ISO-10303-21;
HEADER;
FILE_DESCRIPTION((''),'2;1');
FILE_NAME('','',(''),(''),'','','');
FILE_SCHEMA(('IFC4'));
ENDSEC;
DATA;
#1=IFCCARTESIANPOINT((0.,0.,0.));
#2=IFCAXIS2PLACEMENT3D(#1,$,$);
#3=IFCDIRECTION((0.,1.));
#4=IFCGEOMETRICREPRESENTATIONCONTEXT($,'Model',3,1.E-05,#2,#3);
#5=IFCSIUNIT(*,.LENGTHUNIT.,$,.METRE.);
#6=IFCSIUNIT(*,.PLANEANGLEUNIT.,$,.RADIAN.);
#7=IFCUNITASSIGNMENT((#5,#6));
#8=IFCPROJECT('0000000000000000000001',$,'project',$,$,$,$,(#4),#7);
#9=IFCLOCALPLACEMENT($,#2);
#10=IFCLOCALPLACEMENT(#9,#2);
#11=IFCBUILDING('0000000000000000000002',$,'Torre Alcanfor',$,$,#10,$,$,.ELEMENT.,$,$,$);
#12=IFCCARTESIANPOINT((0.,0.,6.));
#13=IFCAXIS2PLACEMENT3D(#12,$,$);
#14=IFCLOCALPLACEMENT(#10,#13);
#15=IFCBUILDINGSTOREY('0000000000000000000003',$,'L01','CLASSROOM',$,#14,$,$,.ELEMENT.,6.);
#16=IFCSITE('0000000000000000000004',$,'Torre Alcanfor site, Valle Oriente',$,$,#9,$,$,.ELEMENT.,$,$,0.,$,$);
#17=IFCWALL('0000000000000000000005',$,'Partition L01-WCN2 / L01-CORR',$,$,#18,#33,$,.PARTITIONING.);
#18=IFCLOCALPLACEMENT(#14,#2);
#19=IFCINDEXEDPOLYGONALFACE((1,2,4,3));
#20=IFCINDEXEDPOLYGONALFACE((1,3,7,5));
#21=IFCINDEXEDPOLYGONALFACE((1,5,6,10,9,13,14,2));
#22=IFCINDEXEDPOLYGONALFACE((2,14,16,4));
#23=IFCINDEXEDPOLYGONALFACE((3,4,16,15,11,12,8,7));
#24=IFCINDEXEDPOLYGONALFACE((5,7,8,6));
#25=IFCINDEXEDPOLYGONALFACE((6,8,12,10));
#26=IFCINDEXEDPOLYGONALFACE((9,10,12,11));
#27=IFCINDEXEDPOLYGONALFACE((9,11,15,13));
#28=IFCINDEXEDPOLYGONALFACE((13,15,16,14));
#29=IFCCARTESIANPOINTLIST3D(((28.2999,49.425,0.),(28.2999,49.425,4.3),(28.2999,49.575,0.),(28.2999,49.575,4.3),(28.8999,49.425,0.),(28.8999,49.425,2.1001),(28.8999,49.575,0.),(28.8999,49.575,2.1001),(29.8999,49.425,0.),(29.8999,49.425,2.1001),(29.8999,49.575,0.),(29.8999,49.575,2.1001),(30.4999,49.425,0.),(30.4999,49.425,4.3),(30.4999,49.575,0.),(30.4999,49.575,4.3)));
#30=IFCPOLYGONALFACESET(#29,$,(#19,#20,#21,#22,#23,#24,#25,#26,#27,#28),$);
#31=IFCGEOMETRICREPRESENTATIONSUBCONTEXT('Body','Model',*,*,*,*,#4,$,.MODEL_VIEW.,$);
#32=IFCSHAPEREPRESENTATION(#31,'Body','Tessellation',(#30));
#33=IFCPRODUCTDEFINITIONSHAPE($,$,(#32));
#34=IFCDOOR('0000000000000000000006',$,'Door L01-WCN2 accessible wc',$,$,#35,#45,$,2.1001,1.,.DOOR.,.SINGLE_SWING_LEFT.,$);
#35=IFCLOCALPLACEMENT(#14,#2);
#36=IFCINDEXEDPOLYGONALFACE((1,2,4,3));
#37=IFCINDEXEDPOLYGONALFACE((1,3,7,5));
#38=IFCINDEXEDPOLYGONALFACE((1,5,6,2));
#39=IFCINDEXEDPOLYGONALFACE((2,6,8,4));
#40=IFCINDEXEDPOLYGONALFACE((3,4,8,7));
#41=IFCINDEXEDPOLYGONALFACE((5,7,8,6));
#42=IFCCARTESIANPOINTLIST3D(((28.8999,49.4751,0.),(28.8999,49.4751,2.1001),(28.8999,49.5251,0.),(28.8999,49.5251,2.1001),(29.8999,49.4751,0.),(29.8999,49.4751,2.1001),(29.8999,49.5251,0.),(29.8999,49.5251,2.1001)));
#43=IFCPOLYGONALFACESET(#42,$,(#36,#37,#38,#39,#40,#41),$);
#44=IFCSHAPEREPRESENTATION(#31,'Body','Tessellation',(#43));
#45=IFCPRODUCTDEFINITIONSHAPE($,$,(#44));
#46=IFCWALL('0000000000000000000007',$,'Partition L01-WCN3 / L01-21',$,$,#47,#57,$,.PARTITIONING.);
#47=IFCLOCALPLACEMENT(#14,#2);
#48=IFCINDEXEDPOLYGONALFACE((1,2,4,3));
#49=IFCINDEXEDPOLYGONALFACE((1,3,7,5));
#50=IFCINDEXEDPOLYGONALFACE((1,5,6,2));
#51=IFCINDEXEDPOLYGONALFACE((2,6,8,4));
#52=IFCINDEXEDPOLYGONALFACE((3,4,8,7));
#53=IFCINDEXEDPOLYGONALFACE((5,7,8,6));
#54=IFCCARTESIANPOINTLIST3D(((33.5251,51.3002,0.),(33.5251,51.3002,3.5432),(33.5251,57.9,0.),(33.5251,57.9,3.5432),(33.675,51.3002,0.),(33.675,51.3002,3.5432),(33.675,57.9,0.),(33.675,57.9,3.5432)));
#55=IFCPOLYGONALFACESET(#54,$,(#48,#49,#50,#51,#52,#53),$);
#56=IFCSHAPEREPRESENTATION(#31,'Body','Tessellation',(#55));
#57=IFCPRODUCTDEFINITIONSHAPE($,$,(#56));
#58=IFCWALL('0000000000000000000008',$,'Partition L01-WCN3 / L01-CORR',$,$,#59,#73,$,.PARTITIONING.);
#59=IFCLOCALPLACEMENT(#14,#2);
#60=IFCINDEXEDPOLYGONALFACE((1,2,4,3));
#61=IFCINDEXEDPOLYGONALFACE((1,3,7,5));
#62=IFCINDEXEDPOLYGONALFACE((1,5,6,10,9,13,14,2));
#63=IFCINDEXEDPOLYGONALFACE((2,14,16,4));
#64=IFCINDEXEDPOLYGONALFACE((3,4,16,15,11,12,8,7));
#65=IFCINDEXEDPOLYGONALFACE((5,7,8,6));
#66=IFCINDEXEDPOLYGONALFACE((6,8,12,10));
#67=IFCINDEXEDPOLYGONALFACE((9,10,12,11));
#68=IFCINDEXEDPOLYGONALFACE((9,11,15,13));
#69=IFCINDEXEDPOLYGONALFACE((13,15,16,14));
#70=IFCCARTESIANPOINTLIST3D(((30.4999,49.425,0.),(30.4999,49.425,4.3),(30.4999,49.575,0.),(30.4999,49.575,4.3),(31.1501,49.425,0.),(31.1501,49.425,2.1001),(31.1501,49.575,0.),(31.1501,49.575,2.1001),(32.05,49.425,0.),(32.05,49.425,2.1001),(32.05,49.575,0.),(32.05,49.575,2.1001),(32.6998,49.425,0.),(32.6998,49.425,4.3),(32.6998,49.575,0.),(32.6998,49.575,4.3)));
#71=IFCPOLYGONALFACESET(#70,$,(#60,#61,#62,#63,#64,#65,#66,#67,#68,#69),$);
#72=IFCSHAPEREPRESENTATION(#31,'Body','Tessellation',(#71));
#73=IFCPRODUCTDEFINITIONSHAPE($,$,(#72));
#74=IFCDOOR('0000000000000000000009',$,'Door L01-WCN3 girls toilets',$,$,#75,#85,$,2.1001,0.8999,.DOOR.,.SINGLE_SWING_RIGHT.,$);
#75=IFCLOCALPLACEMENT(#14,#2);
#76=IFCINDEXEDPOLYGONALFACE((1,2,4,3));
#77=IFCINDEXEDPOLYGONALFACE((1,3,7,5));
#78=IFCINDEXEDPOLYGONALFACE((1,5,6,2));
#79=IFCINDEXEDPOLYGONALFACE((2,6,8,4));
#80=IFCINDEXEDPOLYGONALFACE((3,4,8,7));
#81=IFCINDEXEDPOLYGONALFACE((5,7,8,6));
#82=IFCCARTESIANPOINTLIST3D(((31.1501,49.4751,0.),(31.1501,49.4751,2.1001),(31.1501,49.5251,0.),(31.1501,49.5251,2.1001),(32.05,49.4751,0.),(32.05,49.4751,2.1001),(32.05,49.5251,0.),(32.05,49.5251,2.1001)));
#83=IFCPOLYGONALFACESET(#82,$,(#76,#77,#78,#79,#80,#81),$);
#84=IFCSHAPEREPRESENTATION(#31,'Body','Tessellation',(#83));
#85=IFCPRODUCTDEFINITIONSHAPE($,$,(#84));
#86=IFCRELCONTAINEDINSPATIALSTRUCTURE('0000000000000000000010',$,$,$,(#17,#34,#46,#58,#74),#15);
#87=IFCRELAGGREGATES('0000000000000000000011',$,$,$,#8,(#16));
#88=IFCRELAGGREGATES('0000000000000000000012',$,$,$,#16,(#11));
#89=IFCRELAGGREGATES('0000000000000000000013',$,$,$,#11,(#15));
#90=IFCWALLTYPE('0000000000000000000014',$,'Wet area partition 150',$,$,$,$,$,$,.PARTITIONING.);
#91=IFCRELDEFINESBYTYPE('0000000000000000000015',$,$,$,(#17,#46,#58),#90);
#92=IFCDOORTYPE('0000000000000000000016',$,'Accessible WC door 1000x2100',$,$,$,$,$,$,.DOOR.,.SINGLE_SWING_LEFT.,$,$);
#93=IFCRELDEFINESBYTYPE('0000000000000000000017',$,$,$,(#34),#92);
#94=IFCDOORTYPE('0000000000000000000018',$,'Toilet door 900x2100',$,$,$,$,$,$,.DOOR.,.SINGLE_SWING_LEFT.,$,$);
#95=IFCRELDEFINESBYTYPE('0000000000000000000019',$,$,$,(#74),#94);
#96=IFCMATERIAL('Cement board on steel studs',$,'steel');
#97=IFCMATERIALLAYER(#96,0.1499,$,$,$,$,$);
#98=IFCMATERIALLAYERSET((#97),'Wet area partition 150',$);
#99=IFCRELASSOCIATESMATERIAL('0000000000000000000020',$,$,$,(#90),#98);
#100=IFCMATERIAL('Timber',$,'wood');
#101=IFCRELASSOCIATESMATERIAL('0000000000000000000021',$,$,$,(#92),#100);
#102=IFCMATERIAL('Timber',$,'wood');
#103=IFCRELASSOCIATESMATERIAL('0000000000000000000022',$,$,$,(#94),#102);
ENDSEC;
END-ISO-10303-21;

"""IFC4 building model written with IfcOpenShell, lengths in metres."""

from ifc_helpers import new_model, si_unit, direction, frame, frame_2d, origin, place, context, subcontext, project, spatial, rectangle, extrude, material, layer, layer_set, type_object, element, fill, save


model = new_model("IFC4")

# Units and contexts
model_context = context("Model", 3, precision=1e-05, world=origin(), true_north=direction((0.0, 1.0)))
body_context = subcontext(model_context, "Body", "Model", "MODEL_VIEW")
ifc_project = project(units=[si_unit("LENGTHUNIT", "METRE"), si_unit("PLANEANGLEUNIT", "RADIAN")], contexts=[model_context])

# Site, building, storey
site_placement = place(None, origin())
site = spatial("IfcSite", under=ifc_project, at=site_placement, Name="Torre Alcanfor site, Valle Oriente", CompositionType="ELEMENT", RefElevation=0.0)
building_placement = place(site_placement, origin())
building = spatial("IfcBuilding", under=site, at=building_placement, Name="Torre Alcanfor", CompositionType="ELEMENT")
storey_placement = place(building_placement, frame((0.0, 0.0, 6.0)))
storey = spatial("IfcBuildingStorey", under=building, at=storey_placement, Name="L01", Description="CLASSROOM", CompositionType="ELEMENT", Elevation=6.0)

# Shared definitions
ifc_material_1 = material(Name="Cement board on steel studs", Category="steel")
ifc_layer_1 = layer(ifc_material_1, 0.1499)
ifc_layer_set_1 = layer_set([ifc_layer_1], Name="Wet area partition 150")
wall_type_1 = type_object("IfcWallType", Name="Wet area partition 150", PredefinedType="PARTITIONING", material=ifc_layer_set_1)

# Wall, opening, door
wall_1_placement = place(storey_placement, frame((30.5, 49.5, 0.0), z_axis=(0.0, 0.0, 1.0), x_axis=(-1.0, 0.0, 0.0)))
wall_1 = element("IfcWall", 1, at=wall_1_placement, inside=storey, type_object=wall_type_1, Name="Partition L01-WCN2 / L01-CORR", PredefinedType="PARTITIONING", context=body_context, shape_type="SweptSolid", body=[
    extrude(rectangle(XDim=2.2, YDim=0.1499, at=frame_2d((1.1001, 0.0))), origin(), (0.0, 0.0, 1.0), 4.3),
])
opening_1_placement = place(wall_1_placement, frame((0.6001, 0.0, 0.0)))
opening_1 = element("IfcOpeningElement", 2, at=opening_1_placement, cuts=wall_1, PredefinedType="OPENING", context=body_context, shape_type="SweptSolid", body=[
    extrude(rectangle(XDim=1.0, YDim=2.1001, at=frame_2d((0.5, 1.05))), frame((0.0, 0.085, 0.0), z_axis=(0.0, -1.0, 0.0), x_axis=(1.0, 0.0, 0.0)), (0.0, 0.0, 1.0), 0.1699),
])
ifc_material_2 = material(Name="Timber", Category="wood")
door_type_1 = type_object("IfcDoorType", Name="Accessible WC door 1000x2100", OperationType="SINGLE_SWING_LEFT", PredefinedType="DOOR", material=ifc_material_2)
door_1_placement = place(opening_1_placement, origin())
door_1 = element("IfcDoor", 3, at=door_1_placement, inside=storey, type_object=door_type_1, Name="Door L01-WCN2 accessible wc", OperationType="SINGLE_SWING_LEFT", OverallHeight=2.1001, OverallWidth=1.0, PredefinedType="DOOR", context=body_context, shape_type="SweptSolid", body=[
    extrude(rectangle(XDim=1.0, YDim=2.1001, at=frame_2d((0.5, 1.05))), frame((0.0, 0.0249, 0.0), z_axis=(0.0, -1.0, 0.0), x_axis=(1.0, 0.0, 0.0)), (0.0, 0.0, 1.0), 0.05),
])
fill(opening_1, door_1)

# Wall
wall_2_placement = place(storey_placement, frame((33.6001, 57.8999, 0.0), z_axis=(0.0, 0.0, 1.0), x_axis=(0.0, -1.0, 0.0)))
element("IfcWall", 4, at=wall_2_placement, inside=storey, type_object=wall_type_1, Name="Partition L01-WCN3 / L01-21", PredefinedType="PARTITIONING", context=body_context, shape_type="SweptSolid", body=[
    extrude(rectangle(XDim=6.5999, YDim=0.1499, at=frame_2d((3.2998, 0.0))), origin(), (0.0, 0.0, 1.0), 3.5432),
])

# Wall, opening, door
wall_3_placement = place(storey_placement, frame((32.7, 49.5, 0.0), z_axis=(0.0, 0.0, 1.0), x_axis=(-1.0, 0.0, 0.0)))
wall_3 = element("IfcWall", 5, at=wall_3_placement, inside=storey, type_object=wall_type_1, Name="Partition L01-WCN3 / L01-CORR", PredefinedType="PARTITIONING", context=body_context, shape_type="SweptSolid", body=[
    extrude(rectangle(XDim=2.2, YDim=0.1499, at=frame_2d((1.1001, 0.0))), origin(), (0.0, 0.0, 1.0), 4.3),
])
opening_2_placement = place(wall_3_placement, frame((0.6499, 0.0, 0.0)))
opening_2 = element("IfcOpeningElement", 6, at=opening_2_placement, cuts=wall_3, PredefinedType="OPENING", context=body_context, shape_type="SweptSolid", body=[
    extrude(rectangle(XDim=0.8999, YDim=2.1001, at=frame_2d((0.45, 1.05))), frame((0.0, 0.085, 0.0), z_axis=(0.0, -1.0, 0.0), x_axis=(1.0, 0.0, 0.0)), (0.0, 0.0, 1.0), 0.1699),
])
ifc_material_3 = material(Name="Timber", Category="wood")
door_type_2 = type_object("IfcDoorType", Name="Toilet door 900x2100", OperationType="SINGLE_SWING_LEFT", PredefinedType="DOOR", material=ifc_material_3)
door_2_placement = place(opening_2_placement, frame((0.8999, 0.0, 0.0), z_axis=(0.0, 0.0, 1.0), x_axis=(-1.0, 0.0, 0.0)))
door_2 = element("IfcDoor", 7, at=door_2_placement, inside=storey, type_object=door_type_2, Name="Door L01-WCN3 girls toilets", OperationType="SINGLE_SWING_RIGHT", OverallHeight=2.1001, OverallWidth=0.8999, PredefinedType="DOOR", context=body_context, shape_type="SweptSolid", body=[
    extrude(rectangle(XDim=0.8999, YDim=2.1001, at=frame_2d((0.45, 1.05))), frame((0.0, 0.0251, 0.0), z_axis=(0.0, -1.0, 0.0), x_axis=(1.0, 0.0, 0.0)), (0.0, 0.0, 1.0), 0.05),
])
fill(opening_2, door_2)

save(model, "model.ifc")
